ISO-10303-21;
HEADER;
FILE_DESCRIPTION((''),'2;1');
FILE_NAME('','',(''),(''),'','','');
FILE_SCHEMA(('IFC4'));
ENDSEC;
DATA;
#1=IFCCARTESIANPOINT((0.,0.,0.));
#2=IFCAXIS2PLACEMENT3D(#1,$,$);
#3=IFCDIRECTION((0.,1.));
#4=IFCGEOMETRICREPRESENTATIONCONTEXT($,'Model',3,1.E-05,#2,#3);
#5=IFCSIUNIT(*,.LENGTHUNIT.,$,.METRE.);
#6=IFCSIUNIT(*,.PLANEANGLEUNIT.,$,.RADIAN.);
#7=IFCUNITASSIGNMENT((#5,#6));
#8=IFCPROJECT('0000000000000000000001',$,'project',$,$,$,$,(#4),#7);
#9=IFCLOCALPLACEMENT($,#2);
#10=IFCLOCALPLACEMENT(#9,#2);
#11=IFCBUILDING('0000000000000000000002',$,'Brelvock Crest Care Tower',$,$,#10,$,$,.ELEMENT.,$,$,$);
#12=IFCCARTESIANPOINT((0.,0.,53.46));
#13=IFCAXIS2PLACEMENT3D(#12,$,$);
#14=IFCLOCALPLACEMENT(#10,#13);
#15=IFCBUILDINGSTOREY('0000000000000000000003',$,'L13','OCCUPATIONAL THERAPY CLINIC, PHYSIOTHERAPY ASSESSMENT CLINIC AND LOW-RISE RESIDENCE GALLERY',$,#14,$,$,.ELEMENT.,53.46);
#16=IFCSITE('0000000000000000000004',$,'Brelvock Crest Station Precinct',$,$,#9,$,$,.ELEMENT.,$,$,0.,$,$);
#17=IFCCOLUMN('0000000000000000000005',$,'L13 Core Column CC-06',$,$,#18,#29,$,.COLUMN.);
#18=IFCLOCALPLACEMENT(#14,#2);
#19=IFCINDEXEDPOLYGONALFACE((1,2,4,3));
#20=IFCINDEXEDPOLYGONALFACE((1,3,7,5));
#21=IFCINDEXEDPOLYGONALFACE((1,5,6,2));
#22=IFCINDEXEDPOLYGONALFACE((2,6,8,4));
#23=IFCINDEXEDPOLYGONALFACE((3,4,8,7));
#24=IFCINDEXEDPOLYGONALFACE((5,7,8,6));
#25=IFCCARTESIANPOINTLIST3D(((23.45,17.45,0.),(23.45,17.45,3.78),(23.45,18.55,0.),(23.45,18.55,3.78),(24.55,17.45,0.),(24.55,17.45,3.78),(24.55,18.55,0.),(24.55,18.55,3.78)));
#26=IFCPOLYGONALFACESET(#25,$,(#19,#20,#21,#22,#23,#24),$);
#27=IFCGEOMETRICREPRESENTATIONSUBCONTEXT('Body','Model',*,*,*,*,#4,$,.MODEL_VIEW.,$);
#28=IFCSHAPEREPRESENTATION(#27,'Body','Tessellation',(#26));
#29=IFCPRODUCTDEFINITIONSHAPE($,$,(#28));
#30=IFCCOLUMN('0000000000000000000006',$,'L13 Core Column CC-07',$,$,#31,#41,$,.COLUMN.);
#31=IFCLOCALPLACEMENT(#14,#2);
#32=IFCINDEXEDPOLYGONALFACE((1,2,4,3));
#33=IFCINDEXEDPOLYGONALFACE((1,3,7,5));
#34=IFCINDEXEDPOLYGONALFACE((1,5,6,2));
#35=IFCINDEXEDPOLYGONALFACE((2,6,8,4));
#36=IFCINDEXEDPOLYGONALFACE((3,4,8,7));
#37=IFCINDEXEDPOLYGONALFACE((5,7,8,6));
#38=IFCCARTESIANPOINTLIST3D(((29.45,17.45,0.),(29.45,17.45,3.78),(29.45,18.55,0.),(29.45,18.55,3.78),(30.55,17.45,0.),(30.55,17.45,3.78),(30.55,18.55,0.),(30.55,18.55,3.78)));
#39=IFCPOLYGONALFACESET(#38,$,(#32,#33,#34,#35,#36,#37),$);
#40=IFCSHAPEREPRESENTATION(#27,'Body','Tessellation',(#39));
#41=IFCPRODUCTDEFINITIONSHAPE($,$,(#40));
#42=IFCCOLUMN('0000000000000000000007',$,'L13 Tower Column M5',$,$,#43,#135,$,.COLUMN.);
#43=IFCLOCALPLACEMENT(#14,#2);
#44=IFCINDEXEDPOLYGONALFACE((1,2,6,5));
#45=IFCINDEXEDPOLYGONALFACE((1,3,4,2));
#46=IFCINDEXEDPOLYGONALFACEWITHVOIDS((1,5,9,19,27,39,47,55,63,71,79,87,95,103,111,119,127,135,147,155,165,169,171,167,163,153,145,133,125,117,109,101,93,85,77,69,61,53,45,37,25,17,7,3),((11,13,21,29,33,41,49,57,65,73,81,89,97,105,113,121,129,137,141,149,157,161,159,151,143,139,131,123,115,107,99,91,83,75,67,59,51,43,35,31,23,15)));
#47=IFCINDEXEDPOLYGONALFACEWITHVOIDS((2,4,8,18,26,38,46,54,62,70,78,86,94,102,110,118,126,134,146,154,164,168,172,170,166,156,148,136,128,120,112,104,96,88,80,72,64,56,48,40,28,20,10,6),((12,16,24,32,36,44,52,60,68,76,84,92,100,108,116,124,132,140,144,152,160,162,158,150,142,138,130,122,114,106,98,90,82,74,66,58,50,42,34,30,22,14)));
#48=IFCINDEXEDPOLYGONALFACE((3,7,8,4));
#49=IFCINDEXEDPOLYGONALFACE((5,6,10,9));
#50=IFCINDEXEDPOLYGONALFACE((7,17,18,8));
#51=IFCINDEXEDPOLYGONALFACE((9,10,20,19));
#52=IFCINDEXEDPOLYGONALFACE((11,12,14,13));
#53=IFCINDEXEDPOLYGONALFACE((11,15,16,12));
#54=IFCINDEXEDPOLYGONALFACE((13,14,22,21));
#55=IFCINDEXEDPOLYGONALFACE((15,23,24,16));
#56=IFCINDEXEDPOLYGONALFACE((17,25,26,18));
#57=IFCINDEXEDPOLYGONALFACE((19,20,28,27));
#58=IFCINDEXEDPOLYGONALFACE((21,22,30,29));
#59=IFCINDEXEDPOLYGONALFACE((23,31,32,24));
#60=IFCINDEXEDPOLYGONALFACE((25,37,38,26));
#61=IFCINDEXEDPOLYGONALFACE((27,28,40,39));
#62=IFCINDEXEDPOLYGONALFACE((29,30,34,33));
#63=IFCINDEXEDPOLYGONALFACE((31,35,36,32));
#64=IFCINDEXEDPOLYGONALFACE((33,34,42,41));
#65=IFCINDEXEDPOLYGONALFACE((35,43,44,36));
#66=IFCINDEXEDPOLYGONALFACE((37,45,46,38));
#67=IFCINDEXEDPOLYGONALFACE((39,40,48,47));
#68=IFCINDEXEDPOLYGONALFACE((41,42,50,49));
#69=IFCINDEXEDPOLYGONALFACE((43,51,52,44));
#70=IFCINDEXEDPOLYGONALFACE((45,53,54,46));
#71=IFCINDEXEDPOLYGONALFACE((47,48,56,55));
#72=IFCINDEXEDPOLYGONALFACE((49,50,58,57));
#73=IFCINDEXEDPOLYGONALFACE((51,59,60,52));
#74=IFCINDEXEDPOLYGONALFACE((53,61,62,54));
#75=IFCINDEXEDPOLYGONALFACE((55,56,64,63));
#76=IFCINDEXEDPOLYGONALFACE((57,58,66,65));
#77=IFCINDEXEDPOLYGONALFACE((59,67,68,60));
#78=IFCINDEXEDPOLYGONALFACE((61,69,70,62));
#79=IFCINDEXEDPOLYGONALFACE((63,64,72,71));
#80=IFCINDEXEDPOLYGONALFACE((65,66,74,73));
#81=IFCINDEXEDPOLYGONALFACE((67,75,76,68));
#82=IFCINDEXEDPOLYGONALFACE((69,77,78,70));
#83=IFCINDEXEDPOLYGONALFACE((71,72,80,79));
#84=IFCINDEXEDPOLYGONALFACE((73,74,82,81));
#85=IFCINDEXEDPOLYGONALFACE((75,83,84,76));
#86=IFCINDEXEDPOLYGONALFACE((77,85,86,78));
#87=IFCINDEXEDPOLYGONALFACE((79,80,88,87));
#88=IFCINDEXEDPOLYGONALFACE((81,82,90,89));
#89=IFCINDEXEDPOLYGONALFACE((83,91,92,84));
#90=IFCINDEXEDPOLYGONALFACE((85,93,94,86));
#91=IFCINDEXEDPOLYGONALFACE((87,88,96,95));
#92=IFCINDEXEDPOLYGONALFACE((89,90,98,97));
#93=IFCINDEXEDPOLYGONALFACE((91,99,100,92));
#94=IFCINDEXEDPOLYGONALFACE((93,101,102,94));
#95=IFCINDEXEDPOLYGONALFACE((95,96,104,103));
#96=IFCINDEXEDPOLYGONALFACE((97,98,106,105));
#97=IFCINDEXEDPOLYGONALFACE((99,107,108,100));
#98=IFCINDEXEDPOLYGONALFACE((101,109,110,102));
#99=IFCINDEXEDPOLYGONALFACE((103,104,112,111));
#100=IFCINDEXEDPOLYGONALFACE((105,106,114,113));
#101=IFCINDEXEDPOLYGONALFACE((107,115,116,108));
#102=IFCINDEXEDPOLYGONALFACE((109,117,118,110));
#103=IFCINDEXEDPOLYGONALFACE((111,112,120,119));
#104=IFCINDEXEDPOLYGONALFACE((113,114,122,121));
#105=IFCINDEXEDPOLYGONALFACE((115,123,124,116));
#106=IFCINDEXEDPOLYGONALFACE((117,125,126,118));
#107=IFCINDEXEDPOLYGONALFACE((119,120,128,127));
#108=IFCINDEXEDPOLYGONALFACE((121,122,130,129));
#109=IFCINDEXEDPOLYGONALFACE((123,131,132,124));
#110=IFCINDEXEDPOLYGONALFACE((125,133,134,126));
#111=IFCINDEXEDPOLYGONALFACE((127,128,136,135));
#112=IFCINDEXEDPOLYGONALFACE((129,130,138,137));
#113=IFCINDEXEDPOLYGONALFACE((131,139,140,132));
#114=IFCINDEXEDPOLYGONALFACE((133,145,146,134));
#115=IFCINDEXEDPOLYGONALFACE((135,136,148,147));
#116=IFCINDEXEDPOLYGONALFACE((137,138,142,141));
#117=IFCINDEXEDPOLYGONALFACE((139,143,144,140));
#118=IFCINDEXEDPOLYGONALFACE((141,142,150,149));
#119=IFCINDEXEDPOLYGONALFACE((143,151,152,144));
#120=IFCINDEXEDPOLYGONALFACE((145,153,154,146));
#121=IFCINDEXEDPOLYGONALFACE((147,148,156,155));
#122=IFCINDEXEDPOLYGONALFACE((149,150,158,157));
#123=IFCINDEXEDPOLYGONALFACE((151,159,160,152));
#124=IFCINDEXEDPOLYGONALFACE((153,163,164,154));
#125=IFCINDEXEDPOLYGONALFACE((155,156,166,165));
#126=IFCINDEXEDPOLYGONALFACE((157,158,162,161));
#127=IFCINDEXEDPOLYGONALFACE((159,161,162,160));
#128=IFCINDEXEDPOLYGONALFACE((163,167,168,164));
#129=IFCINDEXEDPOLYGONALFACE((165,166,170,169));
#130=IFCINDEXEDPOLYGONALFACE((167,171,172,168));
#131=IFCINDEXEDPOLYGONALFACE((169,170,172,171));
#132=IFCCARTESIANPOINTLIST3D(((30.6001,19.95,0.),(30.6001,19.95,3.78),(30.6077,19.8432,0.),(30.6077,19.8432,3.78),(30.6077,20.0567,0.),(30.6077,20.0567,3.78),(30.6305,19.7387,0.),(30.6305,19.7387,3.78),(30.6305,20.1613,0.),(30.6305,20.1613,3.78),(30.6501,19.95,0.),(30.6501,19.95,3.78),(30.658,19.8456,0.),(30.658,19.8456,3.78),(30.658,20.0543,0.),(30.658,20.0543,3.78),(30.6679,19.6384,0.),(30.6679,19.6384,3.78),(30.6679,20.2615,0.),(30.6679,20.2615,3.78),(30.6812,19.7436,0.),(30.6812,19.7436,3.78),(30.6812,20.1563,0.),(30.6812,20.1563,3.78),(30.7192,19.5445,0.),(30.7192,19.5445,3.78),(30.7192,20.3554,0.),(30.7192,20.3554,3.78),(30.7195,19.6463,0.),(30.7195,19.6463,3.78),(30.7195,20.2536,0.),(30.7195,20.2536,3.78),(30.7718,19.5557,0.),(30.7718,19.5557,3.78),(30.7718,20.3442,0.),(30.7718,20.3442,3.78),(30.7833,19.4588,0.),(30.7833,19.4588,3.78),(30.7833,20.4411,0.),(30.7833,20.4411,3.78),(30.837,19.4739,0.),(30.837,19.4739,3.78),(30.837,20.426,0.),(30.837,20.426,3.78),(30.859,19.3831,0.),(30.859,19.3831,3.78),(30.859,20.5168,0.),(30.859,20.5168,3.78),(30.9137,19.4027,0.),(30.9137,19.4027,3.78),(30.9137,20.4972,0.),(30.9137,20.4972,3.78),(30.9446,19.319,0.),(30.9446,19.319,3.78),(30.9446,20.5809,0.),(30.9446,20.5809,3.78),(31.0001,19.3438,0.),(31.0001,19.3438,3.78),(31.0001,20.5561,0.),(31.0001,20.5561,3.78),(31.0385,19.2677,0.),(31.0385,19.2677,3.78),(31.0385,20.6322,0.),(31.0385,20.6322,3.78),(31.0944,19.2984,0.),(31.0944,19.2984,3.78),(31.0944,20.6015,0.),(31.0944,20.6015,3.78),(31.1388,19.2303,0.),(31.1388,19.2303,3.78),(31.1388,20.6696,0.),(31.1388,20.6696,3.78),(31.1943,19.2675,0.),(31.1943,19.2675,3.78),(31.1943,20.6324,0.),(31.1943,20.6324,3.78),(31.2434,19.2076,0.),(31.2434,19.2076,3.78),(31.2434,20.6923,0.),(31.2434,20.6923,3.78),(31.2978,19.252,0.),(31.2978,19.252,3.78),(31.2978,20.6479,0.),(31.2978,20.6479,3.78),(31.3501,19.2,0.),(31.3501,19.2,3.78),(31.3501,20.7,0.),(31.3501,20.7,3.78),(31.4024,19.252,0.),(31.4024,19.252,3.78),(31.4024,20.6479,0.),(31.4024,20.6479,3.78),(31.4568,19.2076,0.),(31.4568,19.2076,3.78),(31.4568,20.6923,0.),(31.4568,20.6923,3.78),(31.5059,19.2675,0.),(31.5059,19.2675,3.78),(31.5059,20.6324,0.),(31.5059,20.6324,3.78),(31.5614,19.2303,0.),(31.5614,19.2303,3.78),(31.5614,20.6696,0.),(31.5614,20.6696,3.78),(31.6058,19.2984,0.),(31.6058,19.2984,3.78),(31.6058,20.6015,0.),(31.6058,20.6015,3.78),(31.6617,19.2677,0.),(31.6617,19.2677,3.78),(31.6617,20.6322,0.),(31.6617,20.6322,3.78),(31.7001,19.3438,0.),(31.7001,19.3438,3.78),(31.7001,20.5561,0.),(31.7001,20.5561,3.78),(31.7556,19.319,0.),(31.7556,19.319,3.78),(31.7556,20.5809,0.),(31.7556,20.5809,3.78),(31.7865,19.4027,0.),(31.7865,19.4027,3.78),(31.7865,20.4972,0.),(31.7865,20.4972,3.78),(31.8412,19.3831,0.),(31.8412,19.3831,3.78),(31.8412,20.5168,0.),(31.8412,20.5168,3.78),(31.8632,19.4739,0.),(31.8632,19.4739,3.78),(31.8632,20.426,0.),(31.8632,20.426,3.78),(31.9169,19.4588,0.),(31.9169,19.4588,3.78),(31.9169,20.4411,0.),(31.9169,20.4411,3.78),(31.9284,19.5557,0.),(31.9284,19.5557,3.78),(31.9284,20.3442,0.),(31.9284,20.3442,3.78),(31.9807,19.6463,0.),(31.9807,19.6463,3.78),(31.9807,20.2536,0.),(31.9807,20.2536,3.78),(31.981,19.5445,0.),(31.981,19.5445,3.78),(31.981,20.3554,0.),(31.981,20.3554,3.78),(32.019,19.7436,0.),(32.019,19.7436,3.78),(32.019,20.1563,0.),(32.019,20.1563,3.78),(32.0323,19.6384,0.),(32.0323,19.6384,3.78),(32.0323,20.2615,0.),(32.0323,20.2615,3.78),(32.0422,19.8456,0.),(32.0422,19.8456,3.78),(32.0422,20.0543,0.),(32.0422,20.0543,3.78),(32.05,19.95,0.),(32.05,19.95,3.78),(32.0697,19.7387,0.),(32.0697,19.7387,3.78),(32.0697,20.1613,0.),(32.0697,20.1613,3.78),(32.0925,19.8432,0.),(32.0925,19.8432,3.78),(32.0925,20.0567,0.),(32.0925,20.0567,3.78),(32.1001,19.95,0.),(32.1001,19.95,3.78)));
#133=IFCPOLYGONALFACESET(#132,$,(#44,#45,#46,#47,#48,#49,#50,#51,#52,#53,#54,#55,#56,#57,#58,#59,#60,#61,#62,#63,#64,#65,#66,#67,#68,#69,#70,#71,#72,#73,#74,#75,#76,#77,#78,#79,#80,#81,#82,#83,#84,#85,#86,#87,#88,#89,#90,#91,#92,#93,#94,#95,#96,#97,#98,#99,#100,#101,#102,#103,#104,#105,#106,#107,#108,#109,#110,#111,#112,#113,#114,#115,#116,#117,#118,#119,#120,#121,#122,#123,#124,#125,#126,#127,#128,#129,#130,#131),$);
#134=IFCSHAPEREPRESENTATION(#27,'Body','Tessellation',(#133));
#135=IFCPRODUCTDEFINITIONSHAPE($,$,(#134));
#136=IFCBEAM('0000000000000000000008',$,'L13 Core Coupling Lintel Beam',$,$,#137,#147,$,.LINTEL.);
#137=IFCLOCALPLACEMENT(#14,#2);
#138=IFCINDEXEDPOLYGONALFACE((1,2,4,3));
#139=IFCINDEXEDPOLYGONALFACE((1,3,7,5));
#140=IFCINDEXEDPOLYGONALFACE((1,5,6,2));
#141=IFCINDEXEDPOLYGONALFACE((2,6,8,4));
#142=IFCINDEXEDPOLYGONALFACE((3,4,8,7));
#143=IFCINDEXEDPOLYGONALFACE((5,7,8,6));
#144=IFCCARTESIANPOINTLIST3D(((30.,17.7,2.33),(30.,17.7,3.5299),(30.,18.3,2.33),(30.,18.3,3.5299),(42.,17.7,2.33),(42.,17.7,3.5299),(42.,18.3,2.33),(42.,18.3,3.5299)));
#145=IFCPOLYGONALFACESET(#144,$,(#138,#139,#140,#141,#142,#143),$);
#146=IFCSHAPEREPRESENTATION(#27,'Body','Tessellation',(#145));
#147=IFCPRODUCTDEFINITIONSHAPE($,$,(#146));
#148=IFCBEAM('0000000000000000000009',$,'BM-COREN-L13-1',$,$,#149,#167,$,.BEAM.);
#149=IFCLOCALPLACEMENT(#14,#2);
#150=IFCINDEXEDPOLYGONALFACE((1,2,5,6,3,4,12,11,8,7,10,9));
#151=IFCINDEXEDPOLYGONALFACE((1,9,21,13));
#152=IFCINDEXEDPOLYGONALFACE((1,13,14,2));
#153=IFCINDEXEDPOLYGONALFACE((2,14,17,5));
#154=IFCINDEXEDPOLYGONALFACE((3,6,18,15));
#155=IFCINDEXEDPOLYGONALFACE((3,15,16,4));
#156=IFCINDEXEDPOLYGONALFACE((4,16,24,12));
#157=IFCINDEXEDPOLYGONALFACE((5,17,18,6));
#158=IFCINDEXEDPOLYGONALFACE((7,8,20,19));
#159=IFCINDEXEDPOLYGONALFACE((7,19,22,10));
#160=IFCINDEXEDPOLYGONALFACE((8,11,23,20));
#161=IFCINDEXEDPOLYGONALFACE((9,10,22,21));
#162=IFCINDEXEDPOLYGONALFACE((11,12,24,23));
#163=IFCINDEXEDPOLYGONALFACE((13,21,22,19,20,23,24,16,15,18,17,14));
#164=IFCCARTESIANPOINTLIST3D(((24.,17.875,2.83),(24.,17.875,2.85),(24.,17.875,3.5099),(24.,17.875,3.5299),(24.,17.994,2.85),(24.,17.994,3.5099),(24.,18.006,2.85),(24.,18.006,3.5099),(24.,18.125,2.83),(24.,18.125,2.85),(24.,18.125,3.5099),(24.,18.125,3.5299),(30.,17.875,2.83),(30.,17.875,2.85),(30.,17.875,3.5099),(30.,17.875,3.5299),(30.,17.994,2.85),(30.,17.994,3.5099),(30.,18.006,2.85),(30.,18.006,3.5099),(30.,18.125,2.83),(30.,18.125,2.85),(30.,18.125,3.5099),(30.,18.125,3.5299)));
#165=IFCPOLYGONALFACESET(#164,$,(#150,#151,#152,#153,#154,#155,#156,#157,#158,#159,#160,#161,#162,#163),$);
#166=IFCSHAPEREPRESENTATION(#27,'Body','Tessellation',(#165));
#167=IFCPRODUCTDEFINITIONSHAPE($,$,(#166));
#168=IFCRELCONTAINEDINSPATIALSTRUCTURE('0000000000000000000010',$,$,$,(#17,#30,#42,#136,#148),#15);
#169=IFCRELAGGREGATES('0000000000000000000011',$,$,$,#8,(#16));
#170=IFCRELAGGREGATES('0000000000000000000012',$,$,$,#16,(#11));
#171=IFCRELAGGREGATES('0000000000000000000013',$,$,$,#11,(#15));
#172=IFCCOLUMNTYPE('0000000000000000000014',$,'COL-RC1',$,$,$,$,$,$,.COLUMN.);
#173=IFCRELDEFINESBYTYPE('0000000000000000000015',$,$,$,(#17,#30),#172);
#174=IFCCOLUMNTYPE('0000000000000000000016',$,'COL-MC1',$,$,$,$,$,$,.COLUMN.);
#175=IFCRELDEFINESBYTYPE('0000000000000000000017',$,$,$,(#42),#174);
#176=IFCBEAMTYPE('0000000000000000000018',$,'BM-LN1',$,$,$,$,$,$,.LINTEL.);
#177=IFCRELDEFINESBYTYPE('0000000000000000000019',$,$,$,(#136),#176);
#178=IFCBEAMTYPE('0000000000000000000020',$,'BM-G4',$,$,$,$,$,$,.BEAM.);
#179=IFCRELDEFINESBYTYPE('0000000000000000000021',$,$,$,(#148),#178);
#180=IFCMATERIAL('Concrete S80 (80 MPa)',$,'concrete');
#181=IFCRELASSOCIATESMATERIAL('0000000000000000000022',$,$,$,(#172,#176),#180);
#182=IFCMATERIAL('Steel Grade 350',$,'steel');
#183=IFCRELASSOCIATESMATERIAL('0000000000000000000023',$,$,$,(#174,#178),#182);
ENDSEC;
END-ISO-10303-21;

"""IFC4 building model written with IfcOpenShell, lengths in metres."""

from ifc_helpers import new_model, si_unit, direction, frame, origin, origin_2d, place, context, subcontext, project, spatial, rectangle, hollow_circle, i_section, extrude, source, transform, mapped, material, material_profile, profile_set, type_object, element, save


model = new_model("IFC4")

# Units and contexts
model_context = context("Model", 3, precision=1e-05, world=origin(), true_north=direction((0.0, 1.0)))
body_context = subcontext(model_context, "Body", "Model", "MODEL_VIEW")
ifc_project = project(units=[si_unit("LENGTHUNIT", "METRE"), si_unit("PLANEANGLEUNIT", "RADIAN")], contexts=[model_context])

# Site, building, storey
site_placement = place(None, origin())
site = spatial("IfcSite", under=ifc_project, at=site_placement, Name="Brelvock Crest Station Precinct", CompositionType="ELEMENT", RefElevation=0.0)
building_placement = place(site_placement, origin())
building = spatial("IfcBuilding", under=site, at=building_placement, Name="Brelvock Crest Care Tower", CompositionType="ELEMENT")
storey_placement = place(building_placement, frame((0.0, 0.0, 53.46)))
storey = spatial("IfcBuildingStorey", under=building, at=storey_placement, Name="L13", Description="OCCUPATIONAL THERAPY CLINIC, PHYSIOTHERAPY ASSESSMENT CLINIC AND LOW-RISE RESIDENCE GALLERY", CompositionType="ELEMENT", Elevation=53.46)

# Columns
ifc_material_1 = material(Name="Concrete S80 (80 MPa)", Category="concrete")
ifc_material_profile_1 = material_profile(ifc_material_1, rectangle(XDim=1.1001, YDim=1.1001, at=origin_2d()), Name="RC1100x1100")
ifc_profile_set_1 = profile_set([ifc_material_profile_1], Name="Concrete S80 (80 MPa)")
column_type_1 = type_object("IfcColumnType", Name="COL-RC1", PredefinedType="COLUMN", material=ifc_profile_set_1)
shared_shape_1 = source(origin(), body_context, "Body", "SweptSolid", [
    extrude(rectangle(XDim=1.1001, YDim=1.1001, at=origin_2d()), origin(), (0.0, 0.0, 1.0), 3.78),
])
for number, where, z_axis, x_axis, name in (
    (1, (24.0, 18.0, 0.0), (0.0, 0.0, 1.0), (1.0, 0.0, 0.0), "L13 Core Column CC-06"),
    (2, (30.0, 18.0, 0.0), (0.0, 0.0, 1.0), (1.0, 0.0, 0.0), "L13 Core Column CC-07"),
):
    element("IfcColumn", number, at=place(storey_placement, frame(where, z_axis=z_axis, x_axis=x_axis)), inside=storey, type_object=column_type_1, Name=name, PredefinedType="COLUMN", context=body_context, shape_type="MappedRepresentation", body=[
        mapped(shared_shape_1, transform((0.0, 0.0, 0.0), x_axis=(1.0, 0.0, 0.0), y_axis=(0.0, 1.0, 0.0), z_axis=(0.0, 0.0, 1.0), scale=1.0)),
    ])
ifc_material_2 = material(Name="Steel Grade 350", Category="steel")
ifc_material_profile_2 = material_profile(ifc_material_2, hollow_circle(Radius=0.75, WallThickness=0.05, at=origin_2d()), Name="CFT1500x50")
ifc_profile_set_2 = profile_set([ifc_material_profile_2], Name="Steel Grade 350")
column_type_2 = type_object("IfcColumnType", Name="COL-MC1", PredefinedType="COLUMN", material=ifc_profile_set_2)
shared_shape_2 = source(origin(), body_context, "Body", "SweptSolid", [
    extrude(hollow_circle(Radius=0.75, WallThickness=0.05, at=origin_2d()), origin(), (0.0, 0.0, 1.0), 3.78),
])
column_placement = place(storey_placement, frame((31.3501, 19.95, 0.0), z_axis=(0.0, 0.0, 1.0), x_axis=(1.0, 0.0, 0.0)))
element("IfcColumn", 3, at=column_placement, inside=storey, type_object=column_type_2, Name="L13 Tower Column M5", PredefinedType="COLUMN", context=body_context, shape_type="MappedRepresentation", body=[
    mapped(shared_shape_2, transform((0.0, 0.0, 0.0), x_axis=(1.0, 0.0, 0.0), y_axis=(0.0, 1.0, 0.0), z_axis=(0.0, 0.0, 1.0), scale=1.0)),
])

# Beams
ifc_material_profile_3 = material_profile(ifc_material_1, rectangle(XDim=0.6001, YDim=1.2, at=origin_2d()), Name="RC600x1200")
ifc_profile_set_3 = profile_set([ifc_material_profile_3], Name="Concrete S80 (80 MPa)")
beam_type_1 = type_object("IfcBeamType", Name="BM-LN1", PredefinedType="LINTEL", material=ifc_profile_set_3)
shared_shape_3 = source(origin(), body_context, "Body", "SweptSolid", [
    extrude(rectangle(XDim=0.6001, YDim=1.2, at=origin_2d()), origin(), (0.0, 0.0, 1.0), 12.0),
])
beam_1_placement = place(storey_placement, frame((30.0, 18.0, 2.9299), z_axis=(1.0, 0.0, 0.0), x_axis=(0.0, 1.0, 0.0)))
element("IfcBeam", 4, at=beam_1_placement, inside=storey, type_object=beam_type_1, Name="L13 Core Coupling Lintel Beam", PredefinedType="LINTEL", context=body_context, shape_type="MappedRepresentation", body=[
    mapped(shared_shape_3, transform((0.0, 0.0, 0.0), x_axis=(1.0, 0.0, 0.0), y_axis=(0.0, 1.0, 0.0), z_axis=(0.0, 0.0, 1.0), scale=1.0)),
])
ifc_material_profile_4 = material_profile(ifc_material_2, i_section(OverallWidth=0.25, OverallDepth=0.7, WebThickness=0.012, FlangeThickness=0.02, at=origin_2d()), Name="700WB150")
ifc_profile_set_4 = profile_set([ifc_material_profile_4], Name="Steel Grade 350")
beam_type_2 = type_object("IfcBeamType", Name="BM-G4", PredefinedType="BEAM", material=ifc_profile_set_4)
shared_shape_4 = source(origin(), body_context, "Body", "SweptSolid", [
    extrude(i_section(OverallWidth=0.25, OverallDepth=0.7, WebThickness=0.012, FlangeThickness=0.02, at=origin_2d()), origin(), (0.0, 0.0, 1.0), 6.0),
])
beam_2_placement = place(storey_placement, frame((24.0, 18.0, 3.1799), z_axis=(1.0, 0.0, 0.0), x_axis=(0.0, 1.0, 0.0)))
element("IfcBeam", 5, at=beam_2_placement, inside=storey, type_object=beam_type_2, Name="BM-COREN-L13-1", PredefinedType="BEAM", context=body_context, shape_type="MappedRepresentation", body=[
    mapped(shared_shape_4, transform((0.0, 0.0, 0.0), x_axis=(1.0, 0.0, 0.0), y_axis=(0.0, 1.0, 0.0), z_axis=(0.0, 0.0, 1.0), scale=1.0)),
])

save(model, "model.ifc")
